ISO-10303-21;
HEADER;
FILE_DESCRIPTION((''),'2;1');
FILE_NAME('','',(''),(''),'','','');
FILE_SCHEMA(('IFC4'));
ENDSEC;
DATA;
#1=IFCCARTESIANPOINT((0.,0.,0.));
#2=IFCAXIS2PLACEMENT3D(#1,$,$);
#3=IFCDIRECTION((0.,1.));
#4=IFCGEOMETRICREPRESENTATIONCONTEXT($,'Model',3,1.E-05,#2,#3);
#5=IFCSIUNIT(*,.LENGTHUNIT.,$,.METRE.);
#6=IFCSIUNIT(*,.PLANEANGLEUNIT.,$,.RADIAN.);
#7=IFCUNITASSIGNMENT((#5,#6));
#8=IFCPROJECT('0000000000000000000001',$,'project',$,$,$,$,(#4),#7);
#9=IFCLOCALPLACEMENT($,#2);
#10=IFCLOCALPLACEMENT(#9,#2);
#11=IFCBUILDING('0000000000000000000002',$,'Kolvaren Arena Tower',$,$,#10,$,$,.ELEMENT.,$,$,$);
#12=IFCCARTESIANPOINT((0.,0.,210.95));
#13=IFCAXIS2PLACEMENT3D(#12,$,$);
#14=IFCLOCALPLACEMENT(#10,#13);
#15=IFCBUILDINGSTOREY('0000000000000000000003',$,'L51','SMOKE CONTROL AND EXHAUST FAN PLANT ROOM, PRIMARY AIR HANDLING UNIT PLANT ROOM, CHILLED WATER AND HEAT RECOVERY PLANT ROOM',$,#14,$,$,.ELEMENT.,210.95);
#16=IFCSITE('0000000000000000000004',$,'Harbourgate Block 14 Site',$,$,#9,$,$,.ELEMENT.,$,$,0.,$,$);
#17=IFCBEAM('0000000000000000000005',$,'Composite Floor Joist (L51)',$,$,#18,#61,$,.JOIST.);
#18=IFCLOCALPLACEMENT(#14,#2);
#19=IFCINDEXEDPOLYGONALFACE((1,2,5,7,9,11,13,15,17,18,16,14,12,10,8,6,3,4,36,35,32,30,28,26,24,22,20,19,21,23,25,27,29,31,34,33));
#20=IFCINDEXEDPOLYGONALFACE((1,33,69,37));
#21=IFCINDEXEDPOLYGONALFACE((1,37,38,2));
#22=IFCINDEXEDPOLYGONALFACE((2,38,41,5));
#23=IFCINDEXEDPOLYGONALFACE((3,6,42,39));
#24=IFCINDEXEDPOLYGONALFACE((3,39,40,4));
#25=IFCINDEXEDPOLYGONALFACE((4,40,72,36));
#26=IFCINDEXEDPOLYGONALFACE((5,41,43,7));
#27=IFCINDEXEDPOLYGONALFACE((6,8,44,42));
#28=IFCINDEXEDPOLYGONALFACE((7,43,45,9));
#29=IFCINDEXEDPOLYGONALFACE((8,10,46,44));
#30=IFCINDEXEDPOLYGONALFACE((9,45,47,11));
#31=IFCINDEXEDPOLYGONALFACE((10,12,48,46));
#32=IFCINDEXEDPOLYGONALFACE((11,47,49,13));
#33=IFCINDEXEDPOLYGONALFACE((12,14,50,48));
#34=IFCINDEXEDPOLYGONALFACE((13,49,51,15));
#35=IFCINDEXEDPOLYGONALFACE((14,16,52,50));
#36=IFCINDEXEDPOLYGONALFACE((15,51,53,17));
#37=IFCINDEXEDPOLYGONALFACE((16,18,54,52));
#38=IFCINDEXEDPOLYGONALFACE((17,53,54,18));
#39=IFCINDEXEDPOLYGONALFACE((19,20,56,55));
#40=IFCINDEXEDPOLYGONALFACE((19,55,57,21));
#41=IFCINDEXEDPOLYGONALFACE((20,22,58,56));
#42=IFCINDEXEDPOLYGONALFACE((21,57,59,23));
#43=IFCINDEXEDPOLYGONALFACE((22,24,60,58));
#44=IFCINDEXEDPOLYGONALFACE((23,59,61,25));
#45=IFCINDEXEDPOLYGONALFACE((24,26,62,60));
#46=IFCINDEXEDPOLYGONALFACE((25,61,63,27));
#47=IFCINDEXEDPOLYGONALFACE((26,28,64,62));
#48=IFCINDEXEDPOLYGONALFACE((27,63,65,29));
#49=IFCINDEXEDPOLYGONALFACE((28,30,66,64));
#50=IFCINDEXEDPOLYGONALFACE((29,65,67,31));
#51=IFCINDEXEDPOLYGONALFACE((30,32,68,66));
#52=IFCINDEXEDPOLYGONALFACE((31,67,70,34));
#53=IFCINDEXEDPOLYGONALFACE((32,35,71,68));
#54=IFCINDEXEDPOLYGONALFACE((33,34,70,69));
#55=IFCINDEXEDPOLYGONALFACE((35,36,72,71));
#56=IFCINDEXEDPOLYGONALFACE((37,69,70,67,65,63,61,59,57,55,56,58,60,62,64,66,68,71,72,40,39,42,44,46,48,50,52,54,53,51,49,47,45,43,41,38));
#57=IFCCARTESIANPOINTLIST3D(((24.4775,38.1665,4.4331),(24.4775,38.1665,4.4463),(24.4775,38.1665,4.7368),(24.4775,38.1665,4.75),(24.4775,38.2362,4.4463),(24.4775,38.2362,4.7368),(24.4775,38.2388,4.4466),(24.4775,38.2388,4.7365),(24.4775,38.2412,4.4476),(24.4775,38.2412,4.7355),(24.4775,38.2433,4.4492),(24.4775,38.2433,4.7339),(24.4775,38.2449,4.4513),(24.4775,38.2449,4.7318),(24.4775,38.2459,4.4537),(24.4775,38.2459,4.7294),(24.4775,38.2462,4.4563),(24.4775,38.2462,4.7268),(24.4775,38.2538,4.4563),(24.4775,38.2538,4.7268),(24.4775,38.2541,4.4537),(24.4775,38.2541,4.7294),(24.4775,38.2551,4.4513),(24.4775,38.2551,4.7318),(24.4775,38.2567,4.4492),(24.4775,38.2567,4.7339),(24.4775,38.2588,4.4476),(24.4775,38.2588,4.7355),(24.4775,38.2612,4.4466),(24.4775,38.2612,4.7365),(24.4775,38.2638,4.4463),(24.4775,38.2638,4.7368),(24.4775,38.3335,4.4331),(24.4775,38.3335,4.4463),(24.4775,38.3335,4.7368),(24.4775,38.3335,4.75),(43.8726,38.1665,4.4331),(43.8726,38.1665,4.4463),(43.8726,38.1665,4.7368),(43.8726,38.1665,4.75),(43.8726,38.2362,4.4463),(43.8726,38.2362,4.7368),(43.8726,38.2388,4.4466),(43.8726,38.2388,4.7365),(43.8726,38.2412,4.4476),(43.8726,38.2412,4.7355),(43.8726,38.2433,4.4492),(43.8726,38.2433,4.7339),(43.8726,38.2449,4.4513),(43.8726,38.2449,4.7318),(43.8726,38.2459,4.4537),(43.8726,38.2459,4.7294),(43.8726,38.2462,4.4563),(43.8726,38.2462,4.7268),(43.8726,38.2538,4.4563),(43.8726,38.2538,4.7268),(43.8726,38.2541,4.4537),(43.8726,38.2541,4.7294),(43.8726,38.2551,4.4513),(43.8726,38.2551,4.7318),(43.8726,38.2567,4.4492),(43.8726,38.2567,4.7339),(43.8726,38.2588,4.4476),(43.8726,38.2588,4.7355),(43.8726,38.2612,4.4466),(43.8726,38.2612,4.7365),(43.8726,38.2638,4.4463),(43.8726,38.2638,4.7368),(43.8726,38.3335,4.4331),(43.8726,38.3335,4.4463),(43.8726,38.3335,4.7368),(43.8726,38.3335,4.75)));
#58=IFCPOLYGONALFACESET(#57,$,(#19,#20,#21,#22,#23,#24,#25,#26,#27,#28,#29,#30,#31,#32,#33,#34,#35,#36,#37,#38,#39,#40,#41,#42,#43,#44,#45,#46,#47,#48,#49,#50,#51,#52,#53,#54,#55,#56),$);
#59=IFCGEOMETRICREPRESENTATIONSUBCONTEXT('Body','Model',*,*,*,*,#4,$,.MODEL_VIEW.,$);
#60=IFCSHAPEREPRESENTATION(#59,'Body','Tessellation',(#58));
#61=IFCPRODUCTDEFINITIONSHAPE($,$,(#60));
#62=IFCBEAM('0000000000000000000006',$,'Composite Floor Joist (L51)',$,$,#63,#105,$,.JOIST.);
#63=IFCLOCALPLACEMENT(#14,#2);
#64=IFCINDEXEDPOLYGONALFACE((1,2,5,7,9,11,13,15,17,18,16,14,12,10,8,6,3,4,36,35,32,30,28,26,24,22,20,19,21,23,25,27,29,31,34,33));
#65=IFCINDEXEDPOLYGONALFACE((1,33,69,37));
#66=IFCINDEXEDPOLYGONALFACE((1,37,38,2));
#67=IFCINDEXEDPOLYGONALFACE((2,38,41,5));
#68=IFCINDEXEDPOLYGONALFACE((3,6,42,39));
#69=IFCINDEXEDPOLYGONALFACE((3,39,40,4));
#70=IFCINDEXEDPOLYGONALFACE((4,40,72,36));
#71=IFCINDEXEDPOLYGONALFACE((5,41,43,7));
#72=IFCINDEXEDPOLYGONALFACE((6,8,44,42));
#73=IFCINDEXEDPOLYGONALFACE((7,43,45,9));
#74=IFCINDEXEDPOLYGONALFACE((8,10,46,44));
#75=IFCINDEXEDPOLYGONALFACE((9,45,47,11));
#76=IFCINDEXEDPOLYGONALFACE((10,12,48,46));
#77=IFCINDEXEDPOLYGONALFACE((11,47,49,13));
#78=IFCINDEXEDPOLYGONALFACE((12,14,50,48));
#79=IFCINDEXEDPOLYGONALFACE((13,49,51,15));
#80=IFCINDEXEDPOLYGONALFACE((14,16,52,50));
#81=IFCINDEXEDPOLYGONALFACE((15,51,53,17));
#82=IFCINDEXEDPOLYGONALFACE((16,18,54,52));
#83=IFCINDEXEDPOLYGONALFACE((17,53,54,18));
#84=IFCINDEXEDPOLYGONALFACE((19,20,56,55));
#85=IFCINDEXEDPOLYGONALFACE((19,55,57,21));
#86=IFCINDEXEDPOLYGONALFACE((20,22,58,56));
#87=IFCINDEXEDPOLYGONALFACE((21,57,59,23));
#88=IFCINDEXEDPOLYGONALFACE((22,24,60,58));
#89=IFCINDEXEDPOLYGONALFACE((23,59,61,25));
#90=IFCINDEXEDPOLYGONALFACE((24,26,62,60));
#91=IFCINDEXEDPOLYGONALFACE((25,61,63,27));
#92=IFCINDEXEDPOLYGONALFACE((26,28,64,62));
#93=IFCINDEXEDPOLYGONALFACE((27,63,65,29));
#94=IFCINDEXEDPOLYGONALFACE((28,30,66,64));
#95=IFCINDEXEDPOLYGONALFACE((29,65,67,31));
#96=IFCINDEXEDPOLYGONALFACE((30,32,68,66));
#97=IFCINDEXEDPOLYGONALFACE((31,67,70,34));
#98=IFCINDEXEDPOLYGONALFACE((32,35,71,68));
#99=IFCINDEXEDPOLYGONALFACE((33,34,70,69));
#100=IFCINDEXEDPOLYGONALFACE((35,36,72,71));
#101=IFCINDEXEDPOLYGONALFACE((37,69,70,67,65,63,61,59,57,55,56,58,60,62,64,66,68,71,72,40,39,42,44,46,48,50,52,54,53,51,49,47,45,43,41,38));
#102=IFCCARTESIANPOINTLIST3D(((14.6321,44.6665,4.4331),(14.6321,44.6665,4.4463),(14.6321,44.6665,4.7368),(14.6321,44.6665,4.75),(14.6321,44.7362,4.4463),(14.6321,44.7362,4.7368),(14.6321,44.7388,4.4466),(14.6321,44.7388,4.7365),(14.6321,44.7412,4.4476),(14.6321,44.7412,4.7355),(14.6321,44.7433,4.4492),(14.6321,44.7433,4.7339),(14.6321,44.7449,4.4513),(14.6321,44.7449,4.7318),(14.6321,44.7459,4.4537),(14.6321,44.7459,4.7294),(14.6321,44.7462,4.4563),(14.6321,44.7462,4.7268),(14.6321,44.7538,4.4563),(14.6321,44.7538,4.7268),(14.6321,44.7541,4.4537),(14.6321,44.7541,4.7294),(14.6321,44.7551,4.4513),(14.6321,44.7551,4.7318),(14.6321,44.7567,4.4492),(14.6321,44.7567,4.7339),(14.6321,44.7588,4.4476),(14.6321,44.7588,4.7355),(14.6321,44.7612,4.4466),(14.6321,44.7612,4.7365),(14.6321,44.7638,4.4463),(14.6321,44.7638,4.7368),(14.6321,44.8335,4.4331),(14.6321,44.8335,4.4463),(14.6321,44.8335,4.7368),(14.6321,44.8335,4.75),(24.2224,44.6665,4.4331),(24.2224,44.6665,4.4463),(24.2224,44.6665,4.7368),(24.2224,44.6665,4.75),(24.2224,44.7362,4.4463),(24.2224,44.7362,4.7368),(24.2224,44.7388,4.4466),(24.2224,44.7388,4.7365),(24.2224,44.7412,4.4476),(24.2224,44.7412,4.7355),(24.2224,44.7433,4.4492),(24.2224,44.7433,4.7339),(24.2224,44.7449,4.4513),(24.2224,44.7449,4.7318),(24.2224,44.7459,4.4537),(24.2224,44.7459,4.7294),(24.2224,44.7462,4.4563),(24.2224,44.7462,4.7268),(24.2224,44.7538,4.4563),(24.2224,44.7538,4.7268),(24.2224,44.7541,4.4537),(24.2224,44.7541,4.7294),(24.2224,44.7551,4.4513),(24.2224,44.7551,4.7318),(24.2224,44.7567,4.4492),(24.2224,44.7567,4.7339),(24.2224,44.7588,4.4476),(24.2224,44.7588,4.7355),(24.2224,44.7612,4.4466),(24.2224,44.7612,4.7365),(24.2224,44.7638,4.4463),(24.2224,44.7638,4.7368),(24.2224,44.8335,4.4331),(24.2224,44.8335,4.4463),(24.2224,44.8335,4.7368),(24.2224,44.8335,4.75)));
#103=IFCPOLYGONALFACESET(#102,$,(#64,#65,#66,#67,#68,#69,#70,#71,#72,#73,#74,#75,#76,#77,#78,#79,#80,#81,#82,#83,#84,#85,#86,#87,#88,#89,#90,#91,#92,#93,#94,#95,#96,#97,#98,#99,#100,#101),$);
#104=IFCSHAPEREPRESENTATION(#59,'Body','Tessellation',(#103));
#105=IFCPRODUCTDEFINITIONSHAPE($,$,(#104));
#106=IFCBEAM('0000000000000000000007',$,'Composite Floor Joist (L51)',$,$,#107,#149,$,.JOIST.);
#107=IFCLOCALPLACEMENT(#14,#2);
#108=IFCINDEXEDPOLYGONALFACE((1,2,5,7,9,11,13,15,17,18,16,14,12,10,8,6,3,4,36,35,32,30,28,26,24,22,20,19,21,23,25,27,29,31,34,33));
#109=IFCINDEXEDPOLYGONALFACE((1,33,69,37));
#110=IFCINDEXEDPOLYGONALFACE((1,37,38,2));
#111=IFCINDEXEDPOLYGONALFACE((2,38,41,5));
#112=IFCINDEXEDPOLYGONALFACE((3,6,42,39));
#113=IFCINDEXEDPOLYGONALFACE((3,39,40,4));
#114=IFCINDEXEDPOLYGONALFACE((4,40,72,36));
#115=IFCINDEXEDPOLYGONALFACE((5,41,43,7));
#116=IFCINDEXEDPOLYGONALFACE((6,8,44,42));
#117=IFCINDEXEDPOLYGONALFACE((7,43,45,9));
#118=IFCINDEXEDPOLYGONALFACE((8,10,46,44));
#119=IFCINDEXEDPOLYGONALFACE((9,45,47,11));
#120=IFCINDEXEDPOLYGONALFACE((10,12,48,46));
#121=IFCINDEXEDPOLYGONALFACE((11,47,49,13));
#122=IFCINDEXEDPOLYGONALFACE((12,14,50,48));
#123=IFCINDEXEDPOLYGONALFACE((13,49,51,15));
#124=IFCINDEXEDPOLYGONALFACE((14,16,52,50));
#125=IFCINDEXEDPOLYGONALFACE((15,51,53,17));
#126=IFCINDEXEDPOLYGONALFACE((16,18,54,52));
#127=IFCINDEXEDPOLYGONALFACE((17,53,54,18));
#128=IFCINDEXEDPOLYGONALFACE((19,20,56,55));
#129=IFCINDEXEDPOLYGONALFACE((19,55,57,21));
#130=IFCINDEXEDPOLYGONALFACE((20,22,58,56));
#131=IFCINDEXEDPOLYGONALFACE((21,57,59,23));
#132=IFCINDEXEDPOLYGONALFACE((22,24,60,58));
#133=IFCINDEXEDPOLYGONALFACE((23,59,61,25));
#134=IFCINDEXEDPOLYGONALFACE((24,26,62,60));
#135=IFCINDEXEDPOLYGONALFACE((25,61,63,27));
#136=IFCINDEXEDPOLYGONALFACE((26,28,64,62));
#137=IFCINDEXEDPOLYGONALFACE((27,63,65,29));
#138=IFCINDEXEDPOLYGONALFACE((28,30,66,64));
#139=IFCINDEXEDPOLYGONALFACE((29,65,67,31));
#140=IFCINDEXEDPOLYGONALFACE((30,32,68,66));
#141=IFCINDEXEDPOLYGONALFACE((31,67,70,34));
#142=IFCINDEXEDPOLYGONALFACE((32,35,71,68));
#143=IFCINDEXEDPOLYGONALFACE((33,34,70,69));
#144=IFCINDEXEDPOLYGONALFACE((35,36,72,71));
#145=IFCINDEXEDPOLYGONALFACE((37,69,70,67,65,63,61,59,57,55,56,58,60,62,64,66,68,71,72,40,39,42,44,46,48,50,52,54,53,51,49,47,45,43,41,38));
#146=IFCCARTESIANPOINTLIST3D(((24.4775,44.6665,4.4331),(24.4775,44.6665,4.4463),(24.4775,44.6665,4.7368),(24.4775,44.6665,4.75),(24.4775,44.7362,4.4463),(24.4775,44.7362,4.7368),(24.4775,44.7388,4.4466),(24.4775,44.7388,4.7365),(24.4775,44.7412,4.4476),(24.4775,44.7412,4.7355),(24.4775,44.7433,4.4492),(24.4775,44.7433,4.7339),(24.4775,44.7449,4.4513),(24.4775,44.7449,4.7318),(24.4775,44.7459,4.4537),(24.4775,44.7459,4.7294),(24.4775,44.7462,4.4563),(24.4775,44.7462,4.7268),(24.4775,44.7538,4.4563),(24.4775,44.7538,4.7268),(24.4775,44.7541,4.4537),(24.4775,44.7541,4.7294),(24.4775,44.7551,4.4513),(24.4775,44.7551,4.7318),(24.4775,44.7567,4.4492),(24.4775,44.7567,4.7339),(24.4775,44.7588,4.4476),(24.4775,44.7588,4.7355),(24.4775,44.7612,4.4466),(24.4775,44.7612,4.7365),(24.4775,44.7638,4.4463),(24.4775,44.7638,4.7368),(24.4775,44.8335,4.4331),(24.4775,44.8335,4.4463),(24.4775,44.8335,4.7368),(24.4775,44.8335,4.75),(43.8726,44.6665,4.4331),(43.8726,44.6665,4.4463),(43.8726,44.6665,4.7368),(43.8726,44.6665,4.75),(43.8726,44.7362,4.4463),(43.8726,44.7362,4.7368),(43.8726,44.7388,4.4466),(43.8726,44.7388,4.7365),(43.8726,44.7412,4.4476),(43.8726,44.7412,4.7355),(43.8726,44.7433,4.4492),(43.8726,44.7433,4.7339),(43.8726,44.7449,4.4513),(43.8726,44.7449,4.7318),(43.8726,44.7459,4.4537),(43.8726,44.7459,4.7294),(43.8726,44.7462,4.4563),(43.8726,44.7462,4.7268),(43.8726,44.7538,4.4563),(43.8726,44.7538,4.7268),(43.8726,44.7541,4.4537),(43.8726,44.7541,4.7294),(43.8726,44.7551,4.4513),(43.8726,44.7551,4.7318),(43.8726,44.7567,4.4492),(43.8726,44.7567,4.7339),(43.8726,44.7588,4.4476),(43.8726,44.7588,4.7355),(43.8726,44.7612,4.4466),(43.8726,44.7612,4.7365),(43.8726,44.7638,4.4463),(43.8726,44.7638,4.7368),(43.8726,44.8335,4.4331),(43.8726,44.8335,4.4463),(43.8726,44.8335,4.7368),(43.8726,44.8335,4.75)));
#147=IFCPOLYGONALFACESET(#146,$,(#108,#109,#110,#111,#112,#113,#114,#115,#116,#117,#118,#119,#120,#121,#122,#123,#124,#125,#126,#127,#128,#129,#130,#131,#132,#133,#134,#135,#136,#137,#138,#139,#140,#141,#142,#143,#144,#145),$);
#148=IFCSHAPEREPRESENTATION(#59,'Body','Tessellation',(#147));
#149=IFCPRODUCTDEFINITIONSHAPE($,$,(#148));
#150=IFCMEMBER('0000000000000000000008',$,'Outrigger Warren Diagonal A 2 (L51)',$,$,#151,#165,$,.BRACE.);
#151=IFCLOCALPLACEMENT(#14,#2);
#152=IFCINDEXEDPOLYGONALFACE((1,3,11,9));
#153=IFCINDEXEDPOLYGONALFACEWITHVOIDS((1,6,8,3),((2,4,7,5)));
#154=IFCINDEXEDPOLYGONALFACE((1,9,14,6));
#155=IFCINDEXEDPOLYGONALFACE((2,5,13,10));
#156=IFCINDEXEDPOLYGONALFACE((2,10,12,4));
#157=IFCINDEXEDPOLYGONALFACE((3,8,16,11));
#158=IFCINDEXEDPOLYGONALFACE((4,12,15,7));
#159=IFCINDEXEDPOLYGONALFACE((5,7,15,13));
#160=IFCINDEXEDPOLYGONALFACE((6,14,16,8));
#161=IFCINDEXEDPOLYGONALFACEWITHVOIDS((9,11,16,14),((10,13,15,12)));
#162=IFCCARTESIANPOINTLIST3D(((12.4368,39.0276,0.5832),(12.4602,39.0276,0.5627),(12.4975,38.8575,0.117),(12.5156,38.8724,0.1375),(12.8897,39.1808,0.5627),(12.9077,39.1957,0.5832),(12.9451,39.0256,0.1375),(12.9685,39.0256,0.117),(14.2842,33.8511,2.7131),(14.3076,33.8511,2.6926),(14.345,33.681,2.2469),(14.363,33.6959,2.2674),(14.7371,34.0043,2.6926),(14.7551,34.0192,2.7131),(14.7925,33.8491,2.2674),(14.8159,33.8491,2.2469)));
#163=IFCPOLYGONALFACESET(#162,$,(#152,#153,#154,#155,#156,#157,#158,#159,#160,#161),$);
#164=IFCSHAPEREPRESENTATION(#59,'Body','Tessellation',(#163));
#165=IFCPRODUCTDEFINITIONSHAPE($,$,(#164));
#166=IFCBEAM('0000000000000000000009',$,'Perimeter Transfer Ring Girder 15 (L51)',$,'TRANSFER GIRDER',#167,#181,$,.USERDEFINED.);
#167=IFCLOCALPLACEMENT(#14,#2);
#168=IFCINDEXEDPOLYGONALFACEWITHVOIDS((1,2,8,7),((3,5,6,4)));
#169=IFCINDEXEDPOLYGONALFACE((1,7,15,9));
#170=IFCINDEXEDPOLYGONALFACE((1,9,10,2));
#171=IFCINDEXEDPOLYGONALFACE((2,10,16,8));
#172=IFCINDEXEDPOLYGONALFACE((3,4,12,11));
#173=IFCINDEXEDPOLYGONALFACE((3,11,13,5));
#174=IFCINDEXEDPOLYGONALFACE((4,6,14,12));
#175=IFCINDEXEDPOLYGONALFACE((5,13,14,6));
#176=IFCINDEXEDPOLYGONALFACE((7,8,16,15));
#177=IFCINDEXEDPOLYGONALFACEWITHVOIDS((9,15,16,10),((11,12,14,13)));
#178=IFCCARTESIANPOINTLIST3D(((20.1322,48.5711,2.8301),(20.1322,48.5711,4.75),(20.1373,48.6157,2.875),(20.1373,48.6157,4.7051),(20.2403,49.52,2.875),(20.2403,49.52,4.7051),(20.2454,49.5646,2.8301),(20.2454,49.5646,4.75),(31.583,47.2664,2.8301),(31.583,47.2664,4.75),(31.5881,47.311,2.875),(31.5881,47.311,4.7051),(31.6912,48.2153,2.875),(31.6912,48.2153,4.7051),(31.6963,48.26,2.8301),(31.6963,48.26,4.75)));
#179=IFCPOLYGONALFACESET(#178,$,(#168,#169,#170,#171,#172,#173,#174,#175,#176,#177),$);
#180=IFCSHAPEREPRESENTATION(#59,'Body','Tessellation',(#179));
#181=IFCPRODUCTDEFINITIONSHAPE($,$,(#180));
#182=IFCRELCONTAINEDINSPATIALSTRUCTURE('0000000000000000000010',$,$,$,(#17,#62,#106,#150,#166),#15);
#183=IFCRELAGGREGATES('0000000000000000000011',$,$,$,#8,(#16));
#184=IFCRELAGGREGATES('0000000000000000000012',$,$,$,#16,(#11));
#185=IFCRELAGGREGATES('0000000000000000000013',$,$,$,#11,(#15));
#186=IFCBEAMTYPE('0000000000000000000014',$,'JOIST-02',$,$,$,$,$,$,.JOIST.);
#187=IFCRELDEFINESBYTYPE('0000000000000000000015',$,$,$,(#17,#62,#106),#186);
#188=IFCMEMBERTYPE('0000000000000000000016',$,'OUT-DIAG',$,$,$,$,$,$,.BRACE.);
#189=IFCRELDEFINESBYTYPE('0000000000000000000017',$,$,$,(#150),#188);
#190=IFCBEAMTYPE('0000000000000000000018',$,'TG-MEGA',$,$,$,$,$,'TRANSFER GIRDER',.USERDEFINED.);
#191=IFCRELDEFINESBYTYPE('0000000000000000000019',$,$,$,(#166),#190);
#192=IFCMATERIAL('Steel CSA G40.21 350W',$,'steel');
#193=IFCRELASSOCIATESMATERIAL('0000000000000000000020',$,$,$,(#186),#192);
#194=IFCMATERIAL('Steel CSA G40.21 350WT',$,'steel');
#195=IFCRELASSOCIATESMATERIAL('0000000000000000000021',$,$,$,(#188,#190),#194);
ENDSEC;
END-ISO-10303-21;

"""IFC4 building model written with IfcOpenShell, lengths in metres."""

from ifc_helpers import new_model, si_unit, direction, frame, origin, origin_2d, place, context, subcontext, project, spatial, hollow_rectangle, i_section, extrude, material, material_profile, profile_set, type_object, element, save


model = new_model("IFC4")

# Units and contexts
model_context = context("Model", 3, precision=1e-05, world=origin(), true_north=direction((0.0, 1.0)))
body_context = subcontext(model_context, "Body", "Model", "MODEL_VIEW")
ifc_project = project(units=[si_unit("LENGTHUNIT", "METRE"), si_unit("PLANEANGLEUNIT", "RADIAN")], contexts=[model_context])

# Site, building, storey
site_placement = place(None, origin())
site = spatial("IfcSite", under=ifc_project, at=site_placement, Name="Harbourgate Block 14 Site", CompositionType="ELEMENT", RefElevation=0.0)
building_placement = place(site_placement, origin())
building = spatial("IfcBuilding", under=site, at=building_placement, Name="Kolvaren Arena Tower", CompositionType="ELEMENT")
storey_placement = place(building_placement, frame((0.0, 0.0, 210.95)))
storey = spatial("IfcBuildingStorey", under=building, at=storey_placement, Name="L51", Description="SMOKE CONTROL AND EXHAUST FAN PLANT ROOM, PRIMARY AIR HANDLING UNIT PLANT ROOM, CHILLED WATER AND HEAT RECOVERY PLANT ROOM", CompositionType="ELEMENT", Elevation=210.95)

# Shared definitions
ifc_material_1 = material(Name="Steel CSA G40.21 350W", Category="steel")

# Shared definitions
ifc_material_2 = material(Name="Steel CSA G40.21 350WT", Category="steel")

# Beams
ifc_material_profile_1 = material_profile(ifc_material_1, i_section(OverallWidth=0.167, OverallDepth=0.3169, WebThickness=0.0076, FlangeThickness=0.0132, FilletRadius=0.01, at=origin_2d()), Name="W310x52")
ifc_profile_set_1 = profile_set([ifc_material_profile_1], Name="Steel CSA G40.21 350W")
beam_type_1 = type_object("IfcBeamType", Name="JOIST-02", PredefinedType="JOIST", material=ifc_profile_set_1)
beam_1_placement = place(storey_placement, frame((24.4775, 38.25, 4.5916), z_axis=(1.0, 0.0, 0.0), x_axis=(0.0, 1.0, 0.0)))
element("IfcBeam", 1, at=beam_1_placement, inside=storey, type_object=beam_type_1, Name="Composite Floor Joist (L51)", PredefinedType="JOIST", context=body_context, shape_type="SweptSolid", body=[
    extrude(i_section(OverallWidth=0.167, OverallDepth=0.3169, WebThickness=0.0076, FlangeThickness=0.0132, FilletRadius=0.01, at=origin_2d()), origin(), (0.0, 0.0, 1.0), 19.395),
])
beam_2_placement = place(storey_placement, frame((14.6321, 44.75, 4.5916), z_axis=(1.0, 0.0, 0.0), x_axis=(0.0, 1.0, 0.0)))
element("IfcBeam", 2, at=beam_2_placement, inside=storey, type_object=beam_type_1, Name="Composite Floor Joist (L51)", PredefinedType="JOIST", context=body_context, shape_type="SweptSolid", body=[
    extrude(i_section(OverallWidth=0.167, OverallDepth=0.3169, WebThickness=0.0076, FlangeThickness=0.0132, FilletRadius=0.01, at=origin_2d()), origin(), (0.0, 0.0, 1.0), 9.5903),
])
beam_3_placement = place(storey_placement, frame((24.4775, 44.75, 4.5916), z_axis=(1.0, 0.0, 0.0), x_axis=(0.0, 1.0, 0.0)))
element("IfcBeam", 3, at=beam_3_placement, inside=storey, type_object=beam_type_1, Name="Composite Floor Joist (L51)", PredefinedType="JOIST", context=body_context, shape_type="SweptSolid", body=[
    extrude(i_section(OverallWidth=0.167, OverallDepth=0.3169, WebThickness=0.0076, FlangeThickness=0.0132, FilletRadius=0.01, at=origin_2d()), origin(), (0.0, 0.0, 1.0), 19.395),
])

# Member
ifc_material_profile_2 = material_profile(ifc_material_2, hollow_rectangle(XDim=0.5, YDim=0.5, WallThickness=0.022, at=origin_2d()), Name="HSS 500x500x22")
ifc_profile_set_2 = profile_set([ifc_material_profile_2], Name="Steel CSA G40.21 350WT")
member_type_1 = type_object("IfcMemberType", Name="OUT-DIAG", PredefinedType="BRACE", material=ifc_profile_set_2)
member_1_placement = place(storey_placement, frame((14.55, 33.8501, 2.48), z_axis=(-0.313411, 0.878188, -0.361331), x_axis=(-0.941819, -0.33612, 0.0)))
element("IfcMember", 4, at=member_1_placement, inside=storey, type_object=member_type_1, Name="Outrigger Warren Diagonal A 2 (L51)", PredefinedType="BRACE", context=body_context, shape_type="SweptSolid", body=[
    extrude(hollow_rectangle(XDim=0.5, YDim=0.5, WallThickness=0.022, at=origin_2d()), origin(), (0.0, 0.0, 1.0), 5.8945),
])

# Beam
ifc_material_profile_3 = material_profile(ifc_material_2, hollow_rectangle(XDim=1.0, YDim=1.9199, WallThickness=0.0449, at=origin_2d()), Name="BOX 1000x1920x45")
ifc_profile_set_3 = profile_set([ifc_material_profile_3], Name="Steel CSA G40.21 350WT")
beam_type_2 = type_object("IfcBeamType", Name="TG-MEGA", ElementType="TRANSFER GIRDER", PredefinedType="USERDEFINED", material=ifc_profile_set_3)
beam_4_placement = place(storey_placement, frame((31.6396, 47.7632, 3.79), z_axis=(-0.993572, 0.113205, 0.0), x_axis=(-0.113205, -0.993572, 0.0)))
element("IfcBeam", 5, at=beam_4_placement, inside=storey, type_object=beam_type_2, Name="Perimeter Transfer Ring Girder 15 (L51)", ObjectType="TRANSFER GIRDER", PredefinedType="USERDEFINED", context=body_context, shape_type="SweptSolid", body=[
    extrude(hollow_rectangle(XDim=1.0, YDim=1.9199, WallThickness=0.0449, at=origin_2d()), origin(), (0.0, 0.0, 1.0), 11.5249),
])

save(model, "model.ifc")
